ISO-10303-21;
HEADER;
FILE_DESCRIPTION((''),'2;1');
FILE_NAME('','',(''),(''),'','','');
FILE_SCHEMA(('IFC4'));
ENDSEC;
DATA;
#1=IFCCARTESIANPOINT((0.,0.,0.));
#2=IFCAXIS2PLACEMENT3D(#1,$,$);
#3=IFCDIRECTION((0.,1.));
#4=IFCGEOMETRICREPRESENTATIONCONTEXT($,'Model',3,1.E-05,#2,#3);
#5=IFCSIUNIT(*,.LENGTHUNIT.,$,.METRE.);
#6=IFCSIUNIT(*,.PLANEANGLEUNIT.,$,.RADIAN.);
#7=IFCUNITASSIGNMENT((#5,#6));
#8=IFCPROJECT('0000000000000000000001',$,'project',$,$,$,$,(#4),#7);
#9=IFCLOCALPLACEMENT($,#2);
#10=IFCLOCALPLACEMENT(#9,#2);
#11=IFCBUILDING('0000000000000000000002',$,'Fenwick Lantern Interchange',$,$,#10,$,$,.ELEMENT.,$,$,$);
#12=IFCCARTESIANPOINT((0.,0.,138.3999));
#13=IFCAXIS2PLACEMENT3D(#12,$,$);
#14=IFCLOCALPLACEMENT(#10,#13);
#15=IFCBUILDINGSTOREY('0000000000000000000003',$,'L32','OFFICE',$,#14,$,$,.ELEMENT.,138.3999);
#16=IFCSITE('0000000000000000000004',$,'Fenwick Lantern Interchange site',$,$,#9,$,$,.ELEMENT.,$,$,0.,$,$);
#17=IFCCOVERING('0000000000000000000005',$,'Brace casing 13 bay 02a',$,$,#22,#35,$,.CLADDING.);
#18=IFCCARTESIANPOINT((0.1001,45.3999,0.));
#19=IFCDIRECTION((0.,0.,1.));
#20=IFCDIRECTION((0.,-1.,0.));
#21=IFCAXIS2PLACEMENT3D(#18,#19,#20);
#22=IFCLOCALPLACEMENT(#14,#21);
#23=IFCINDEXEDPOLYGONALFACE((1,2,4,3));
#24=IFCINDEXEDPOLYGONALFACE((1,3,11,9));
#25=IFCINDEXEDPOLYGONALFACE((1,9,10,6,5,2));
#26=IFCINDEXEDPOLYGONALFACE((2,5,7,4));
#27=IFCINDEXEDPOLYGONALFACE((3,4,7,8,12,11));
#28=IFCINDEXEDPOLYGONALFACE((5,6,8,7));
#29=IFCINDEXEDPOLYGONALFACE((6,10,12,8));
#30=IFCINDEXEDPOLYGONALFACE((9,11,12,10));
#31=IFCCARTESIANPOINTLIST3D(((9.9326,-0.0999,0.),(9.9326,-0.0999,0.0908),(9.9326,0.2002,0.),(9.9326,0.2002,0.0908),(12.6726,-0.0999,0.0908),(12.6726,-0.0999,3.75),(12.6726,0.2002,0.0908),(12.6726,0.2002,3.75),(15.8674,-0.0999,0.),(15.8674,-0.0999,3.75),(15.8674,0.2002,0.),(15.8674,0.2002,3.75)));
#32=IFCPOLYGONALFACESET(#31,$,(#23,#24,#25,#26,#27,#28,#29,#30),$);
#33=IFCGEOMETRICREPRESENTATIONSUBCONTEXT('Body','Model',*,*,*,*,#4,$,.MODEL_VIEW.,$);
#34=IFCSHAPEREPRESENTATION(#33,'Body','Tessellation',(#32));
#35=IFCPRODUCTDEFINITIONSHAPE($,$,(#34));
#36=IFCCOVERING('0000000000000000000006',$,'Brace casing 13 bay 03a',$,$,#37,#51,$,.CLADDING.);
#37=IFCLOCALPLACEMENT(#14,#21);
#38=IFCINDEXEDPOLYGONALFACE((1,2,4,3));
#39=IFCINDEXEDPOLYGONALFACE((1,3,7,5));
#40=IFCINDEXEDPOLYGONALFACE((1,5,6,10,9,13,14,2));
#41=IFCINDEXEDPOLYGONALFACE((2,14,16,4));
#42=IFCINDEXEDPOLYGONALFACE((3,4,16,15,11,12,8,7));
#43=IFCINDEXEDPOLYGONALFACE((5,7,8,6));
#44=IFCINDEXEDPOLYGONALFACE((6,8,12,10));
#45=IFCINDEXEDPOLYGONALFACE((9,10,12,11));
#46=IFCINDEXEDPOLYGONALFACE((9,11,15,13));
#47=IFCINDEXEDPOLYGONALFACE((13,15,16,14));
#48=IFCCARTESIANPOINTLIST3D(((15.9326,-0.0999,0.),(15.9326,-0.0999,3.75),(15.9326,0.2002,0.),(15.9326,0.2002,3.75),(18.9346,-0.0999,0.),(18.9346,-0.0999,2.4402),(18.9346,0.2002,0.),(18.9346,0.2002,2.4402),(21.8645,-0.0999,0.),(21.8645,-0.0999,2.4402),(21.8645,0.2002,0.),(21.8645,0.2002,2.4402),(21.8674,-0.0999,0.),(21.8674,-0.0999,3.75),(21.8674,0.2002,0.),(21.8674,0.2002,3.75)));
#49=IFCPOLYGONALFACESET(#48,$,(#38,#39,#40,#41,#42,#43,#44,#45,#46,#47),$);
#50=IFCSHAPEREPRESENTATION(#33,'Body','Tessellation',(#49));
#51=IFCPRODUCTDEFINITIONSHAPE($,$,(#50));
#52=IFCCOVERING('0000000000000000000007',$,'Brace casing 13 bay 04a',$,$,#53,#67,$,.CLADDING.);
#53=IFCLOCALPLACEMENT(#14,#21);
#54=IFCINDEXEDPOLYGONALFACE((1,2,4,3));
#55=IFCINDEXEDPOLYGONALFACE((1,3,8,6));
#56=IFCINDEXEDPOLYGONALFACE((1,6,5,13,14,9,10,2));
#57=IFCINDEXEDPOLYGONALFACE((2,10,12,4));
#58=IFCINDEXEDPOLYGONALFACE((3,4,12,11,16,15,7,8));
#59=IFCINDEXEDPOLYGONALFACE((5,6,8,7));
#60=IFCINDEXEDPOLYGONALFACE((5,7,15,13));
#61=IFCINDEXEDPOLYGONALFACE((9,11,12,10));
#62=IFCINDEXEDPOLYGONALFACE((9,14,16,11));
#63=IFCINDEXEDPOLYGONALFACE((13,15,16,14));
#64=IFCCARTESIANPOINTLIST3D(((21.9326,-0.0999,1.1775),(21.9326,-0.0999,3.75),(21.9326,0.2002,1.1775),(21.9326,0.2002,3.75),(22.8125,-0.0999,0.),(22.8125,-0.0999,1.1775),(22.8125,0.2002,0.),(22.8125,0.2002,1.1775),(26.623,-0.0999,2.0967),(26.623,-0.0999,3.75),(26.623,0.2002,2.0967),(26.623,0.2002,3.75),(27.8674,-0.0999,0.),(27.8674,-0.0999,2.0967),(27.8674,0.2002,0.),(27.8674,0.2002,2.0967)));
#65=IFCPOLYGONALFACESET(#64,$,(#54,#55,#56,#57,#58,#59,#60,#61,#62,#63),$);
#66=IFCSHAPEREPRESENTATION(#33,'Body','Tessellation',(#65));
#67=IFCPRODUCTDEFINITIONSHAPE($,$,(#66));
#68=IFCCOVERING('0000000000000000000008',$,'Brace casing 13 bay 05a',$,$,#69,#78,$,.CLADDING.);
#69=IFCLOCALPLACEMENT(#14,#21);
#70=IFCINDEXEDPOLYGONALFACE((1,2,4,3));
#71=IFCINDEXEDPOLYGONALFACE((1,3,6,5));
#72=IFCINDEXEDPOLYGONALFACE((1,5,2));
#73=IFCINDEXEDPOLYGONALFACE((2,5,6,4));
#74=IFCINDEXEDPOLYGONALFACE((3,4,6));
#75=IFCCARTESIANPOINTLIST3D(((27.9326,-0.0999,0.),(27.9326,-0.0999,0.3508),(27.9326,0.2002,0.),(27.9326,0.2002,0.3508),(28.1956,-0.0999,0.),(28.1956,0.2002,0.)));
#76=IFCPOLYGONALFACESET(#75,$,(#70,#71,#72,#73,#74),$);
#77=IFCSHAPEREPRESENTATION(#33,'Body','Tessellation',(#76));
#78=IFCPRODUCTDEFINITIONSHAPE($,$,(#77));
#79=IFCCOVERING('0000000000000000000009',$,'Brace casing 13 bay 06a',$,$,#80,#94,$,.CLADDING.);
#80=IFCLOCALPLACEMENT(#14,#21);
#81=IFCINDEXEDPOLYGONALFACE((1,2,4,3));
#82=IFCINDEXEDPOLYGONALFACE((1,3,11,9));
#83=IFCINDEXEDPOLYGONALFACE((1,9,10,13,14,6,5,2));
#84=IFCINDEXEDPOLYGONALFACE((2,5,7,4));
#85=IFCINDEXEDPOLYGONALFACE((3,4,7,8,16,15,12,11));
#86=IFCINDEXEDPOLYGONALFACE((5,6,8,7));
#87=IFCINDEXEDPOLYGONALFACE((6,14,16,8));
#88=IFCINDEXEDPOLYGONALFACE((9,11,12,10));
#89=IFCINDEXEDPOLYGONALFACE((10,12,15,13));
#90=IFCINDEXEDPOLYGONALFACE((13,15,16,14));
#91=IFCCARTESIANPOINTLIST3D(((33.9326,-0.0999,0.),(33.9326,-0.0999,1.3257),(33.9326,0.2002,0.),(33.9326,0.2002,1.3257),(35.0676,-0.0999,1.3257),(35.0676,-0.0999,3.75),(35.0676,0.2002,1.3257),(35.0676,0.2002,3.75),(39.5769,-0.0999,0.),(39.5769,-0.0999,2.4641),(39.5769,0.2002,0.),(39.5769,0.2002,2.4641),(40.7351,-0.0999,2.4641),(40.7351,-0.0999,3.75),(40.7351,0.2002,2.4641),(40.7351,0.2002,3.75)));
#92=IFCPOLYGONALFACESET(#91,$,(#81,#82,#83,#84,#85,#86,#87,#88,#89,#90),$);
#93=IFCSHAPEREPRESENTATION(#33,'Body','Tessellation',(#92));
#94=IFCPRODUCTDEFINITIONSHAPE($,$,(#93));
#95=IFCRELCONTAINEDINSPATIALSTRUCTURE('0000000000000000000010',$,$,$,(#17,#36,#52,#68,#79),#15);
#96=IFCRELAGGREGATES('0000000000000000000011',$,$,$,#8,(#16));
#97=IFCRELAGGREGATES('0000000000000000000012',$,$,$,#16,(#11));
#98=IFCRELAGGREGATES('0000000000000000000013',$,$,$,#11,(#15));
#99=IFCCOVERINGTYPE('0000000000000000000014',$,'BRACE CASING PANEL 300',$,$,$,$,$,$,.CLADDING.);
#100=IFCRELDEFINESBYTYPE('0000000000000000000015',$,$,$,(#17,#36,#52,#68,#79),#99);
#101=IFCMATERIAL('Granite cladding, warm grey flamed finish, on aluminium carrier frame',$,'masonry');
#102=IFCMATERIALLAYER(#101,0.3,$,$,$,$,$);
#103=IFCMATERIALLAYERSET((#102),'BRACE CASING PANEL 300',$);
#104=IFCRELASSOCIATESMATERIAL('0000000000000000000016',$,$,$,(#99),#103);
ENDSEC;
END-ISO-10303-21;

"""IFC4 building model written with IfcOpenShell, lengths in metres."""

from ifc_helpers import new_model, si_unit, direction, frame, origin, place, context, subcontext, project, spatial, polyline, outline, extrude, material, layer, layer_set, type_object, element, save


model = new_model("IFC4")

# Units and contexts
model_context = context("Model", 3, precision=1e-05, world=origin(), true_north=direction((0.0, 1.0)))
body_context = subcontext(model_context, "Body", "Model", "MODEL_VIEW")
ifc_project = project(units=[si_unit("LENGTHUNIT", "METRE"), si_unit("PLANEANGLEUNIT", "RADIAN")], contexts=[model_context])

# Site, building, storey
site_placement = place(None, origin())
site = spatial("IfcSite", under=ifc_project, at=site_placement, Name="Fenwick Lantern Interchange site", CompositionType="ELEMENT", RefElevation=0.0)
building_placement = place(site_placement, origin())
building = spatial("IfcBuilding", under=site, at=building_placement, Name="Fenwick Lantern Interchange", CompositionType="ELEMENT")
storey_placement = place(building_placement, frame((0.0, 0.0, 138.3999)))
storey = spatial("IfcBuildingStorey", under=building, at=storey_placement, Name="L32", Description="OFFICE", CompositionType="ELEMENT", Elevation=138.3999)

# Coverings
ifc_material_1 = material(Name="Granite cladding, warm grey flamed finish, on aluminium carrier frame", Category="masonry")
ifc_layer_1 = layer(ifc_material_1, 0.3)
ifc_layer_set_1 = layer_set([ifc_layer_1], Name="BRACE CASING PANEL 300")
covering_type = type_object("IfcCoveringType", Name="BRACE CASING PANEL 300", PredefinedType="CLADDING", material=ifc_layer_set_1)
covering_1_placement = place(storey_placement, frame((0.1001, 45.3999, 0.0), z_axis=(0.0, 0.0, 1.0), x_axis=(0.0, -1.0, 0.0)))
element("IfcCovering", 1, at=covering_1_placement, inside=storey, type_object=covering_type, Name="Brace casing 13 bay 02a", PredefinedType="CLADDING", context=body_context, shape_type="SweptSolid", body=[
    extrude(outline(polyline([(9.9326, 0.0), (15.8674, 0.0), (15.8674, 3.75), (12.6726, 3.75), (12.6726, 0.0908), (9.9326, 0.0908), (9.9326, 0.0)])), frame((0.0, 0.2002, 0.0), z_axis=(0.0, -1.0, 0.0), x_axis=(1.0, 0.0, 0.0)), (0.0, 0.0, 1.0), 0.3),
])
covering_2_placement = place(storey_placement, frame((0.1001, 45.3999, 0.0), z_axis=(0.0, 0.0, 1.0), x_axis=(0.0, -1.0, 0.0)))
element("IfcCovering", 2, at=covering_2_placement, inside=storey, type_object=covering_type, Name="Brace casing 13 bay 03a", PredefinedType="CLADDING", context=body_context, shape_type="SweptSolid", body=[
    extrude(outline(polyline([(15.9326, 0.0), (18.9346, 0.0), (18.9346, 2.4402), (21.8645, 2.4402), (21.8645, 0.0), (21.8674, 0.0), (21.8674, 3.75), (15.9326, 3.75), (15.9326, 0.0)])), frame((0.0, 0.2002, 0.0), z_axis=(0.0, -1.0, 0.0), x_axis=(1.0, 0.0, 0.0)), (0.0, 0.0, 1.0), 0.3),
])
covering_3_placement = place(storey_placement, frame((0.1001, 45.3999, 0.0), z_axis=(0.0, 0.0, 1.0), x_axis=(0.0, -1.0, 0.0)))
element("IfcCovering", 3, at=covering_3_placement, inside=storey, type_object=covering_type, Name="Brace casing 13 bay 04a", PredefinedType="CLADDING", context=body_context, shape_type="SweptSolid", body=[
    extrude(outline(polyline([(22.8125, 0.0), (27.8674, 0.0), (27.8674, 2.0967), (26.623, 2.0967), (26.623, 3.75), (21.9326, 3.75), (21.9326, 1.1775), (22.8125, 1.1775), (22.8125, 0.0)])), frame((0.0, 0.2002, 0.0), z_axis=(0.0, -1.0, 0.0), x_axis=(1.0, 0.0, 0.0)), (0.0, 0.0, 1.0), 0.3),
])
covering_4_placement = place(storey_placement, frame((0.1001, 45.3999, 0.0), z_axis=(0.0, 0.0, 1.0), x_axis=(0.0, -1.0, 0.0)))
element("IfcCovering", 4, at=covering_4_placement, inside=storey, type_object=covering_type, Name="Brace casing 13 bay 05a", PredefinedType="CLADDING", context=body_context, shape_type="SweptSolid", body=[
    extrude(outline(polyline([(27.9326, 0.0), (28.1956, 0.0), (27.9326, 0.3508), (27.9326, 0.0)])), frame((0.0, 0.2002, 0.0), z_axis=(0.0, -1.0, 0.0), x_axis=(1.0, 0.0, 0.0)), (0.0, 0.0, 1.0), 0.3),
])
covering_5_placement = place(storey_placement, frame((0.1001, 45.3999, 0.0), z_axis=(0.0, 0.0, 1.0), x_axis=(0.0, -1.0, 0.0)))
element("IfcCovering", 5, at=covering_5_placement, inside=storey, type_object=covering_type, Name="Brace casing 13 bay 06a", PredefinedType="CLADDING", context=body_context, shape_type="SweptSolid", body=[
    extrude(outline(polyline([(33.9326, 0.0), (39.5769, 0.0), (39.5769, 2.4641), (40.7351, 2.4641), (40.7351, 3.75), (35.0676, 3.75), (35.0676, 1.3257), (33.9326, 1.3257), (33.9326, 0.0)])), frame((0.0, 0.2002, 0.0), z_axis=(0.0, -1.0, 0.0), x_axis=(1.0, 0.0, 0.0)), (0.0, 0.0, 1.0), 0.3),
])

save(model, "model.ifc")
